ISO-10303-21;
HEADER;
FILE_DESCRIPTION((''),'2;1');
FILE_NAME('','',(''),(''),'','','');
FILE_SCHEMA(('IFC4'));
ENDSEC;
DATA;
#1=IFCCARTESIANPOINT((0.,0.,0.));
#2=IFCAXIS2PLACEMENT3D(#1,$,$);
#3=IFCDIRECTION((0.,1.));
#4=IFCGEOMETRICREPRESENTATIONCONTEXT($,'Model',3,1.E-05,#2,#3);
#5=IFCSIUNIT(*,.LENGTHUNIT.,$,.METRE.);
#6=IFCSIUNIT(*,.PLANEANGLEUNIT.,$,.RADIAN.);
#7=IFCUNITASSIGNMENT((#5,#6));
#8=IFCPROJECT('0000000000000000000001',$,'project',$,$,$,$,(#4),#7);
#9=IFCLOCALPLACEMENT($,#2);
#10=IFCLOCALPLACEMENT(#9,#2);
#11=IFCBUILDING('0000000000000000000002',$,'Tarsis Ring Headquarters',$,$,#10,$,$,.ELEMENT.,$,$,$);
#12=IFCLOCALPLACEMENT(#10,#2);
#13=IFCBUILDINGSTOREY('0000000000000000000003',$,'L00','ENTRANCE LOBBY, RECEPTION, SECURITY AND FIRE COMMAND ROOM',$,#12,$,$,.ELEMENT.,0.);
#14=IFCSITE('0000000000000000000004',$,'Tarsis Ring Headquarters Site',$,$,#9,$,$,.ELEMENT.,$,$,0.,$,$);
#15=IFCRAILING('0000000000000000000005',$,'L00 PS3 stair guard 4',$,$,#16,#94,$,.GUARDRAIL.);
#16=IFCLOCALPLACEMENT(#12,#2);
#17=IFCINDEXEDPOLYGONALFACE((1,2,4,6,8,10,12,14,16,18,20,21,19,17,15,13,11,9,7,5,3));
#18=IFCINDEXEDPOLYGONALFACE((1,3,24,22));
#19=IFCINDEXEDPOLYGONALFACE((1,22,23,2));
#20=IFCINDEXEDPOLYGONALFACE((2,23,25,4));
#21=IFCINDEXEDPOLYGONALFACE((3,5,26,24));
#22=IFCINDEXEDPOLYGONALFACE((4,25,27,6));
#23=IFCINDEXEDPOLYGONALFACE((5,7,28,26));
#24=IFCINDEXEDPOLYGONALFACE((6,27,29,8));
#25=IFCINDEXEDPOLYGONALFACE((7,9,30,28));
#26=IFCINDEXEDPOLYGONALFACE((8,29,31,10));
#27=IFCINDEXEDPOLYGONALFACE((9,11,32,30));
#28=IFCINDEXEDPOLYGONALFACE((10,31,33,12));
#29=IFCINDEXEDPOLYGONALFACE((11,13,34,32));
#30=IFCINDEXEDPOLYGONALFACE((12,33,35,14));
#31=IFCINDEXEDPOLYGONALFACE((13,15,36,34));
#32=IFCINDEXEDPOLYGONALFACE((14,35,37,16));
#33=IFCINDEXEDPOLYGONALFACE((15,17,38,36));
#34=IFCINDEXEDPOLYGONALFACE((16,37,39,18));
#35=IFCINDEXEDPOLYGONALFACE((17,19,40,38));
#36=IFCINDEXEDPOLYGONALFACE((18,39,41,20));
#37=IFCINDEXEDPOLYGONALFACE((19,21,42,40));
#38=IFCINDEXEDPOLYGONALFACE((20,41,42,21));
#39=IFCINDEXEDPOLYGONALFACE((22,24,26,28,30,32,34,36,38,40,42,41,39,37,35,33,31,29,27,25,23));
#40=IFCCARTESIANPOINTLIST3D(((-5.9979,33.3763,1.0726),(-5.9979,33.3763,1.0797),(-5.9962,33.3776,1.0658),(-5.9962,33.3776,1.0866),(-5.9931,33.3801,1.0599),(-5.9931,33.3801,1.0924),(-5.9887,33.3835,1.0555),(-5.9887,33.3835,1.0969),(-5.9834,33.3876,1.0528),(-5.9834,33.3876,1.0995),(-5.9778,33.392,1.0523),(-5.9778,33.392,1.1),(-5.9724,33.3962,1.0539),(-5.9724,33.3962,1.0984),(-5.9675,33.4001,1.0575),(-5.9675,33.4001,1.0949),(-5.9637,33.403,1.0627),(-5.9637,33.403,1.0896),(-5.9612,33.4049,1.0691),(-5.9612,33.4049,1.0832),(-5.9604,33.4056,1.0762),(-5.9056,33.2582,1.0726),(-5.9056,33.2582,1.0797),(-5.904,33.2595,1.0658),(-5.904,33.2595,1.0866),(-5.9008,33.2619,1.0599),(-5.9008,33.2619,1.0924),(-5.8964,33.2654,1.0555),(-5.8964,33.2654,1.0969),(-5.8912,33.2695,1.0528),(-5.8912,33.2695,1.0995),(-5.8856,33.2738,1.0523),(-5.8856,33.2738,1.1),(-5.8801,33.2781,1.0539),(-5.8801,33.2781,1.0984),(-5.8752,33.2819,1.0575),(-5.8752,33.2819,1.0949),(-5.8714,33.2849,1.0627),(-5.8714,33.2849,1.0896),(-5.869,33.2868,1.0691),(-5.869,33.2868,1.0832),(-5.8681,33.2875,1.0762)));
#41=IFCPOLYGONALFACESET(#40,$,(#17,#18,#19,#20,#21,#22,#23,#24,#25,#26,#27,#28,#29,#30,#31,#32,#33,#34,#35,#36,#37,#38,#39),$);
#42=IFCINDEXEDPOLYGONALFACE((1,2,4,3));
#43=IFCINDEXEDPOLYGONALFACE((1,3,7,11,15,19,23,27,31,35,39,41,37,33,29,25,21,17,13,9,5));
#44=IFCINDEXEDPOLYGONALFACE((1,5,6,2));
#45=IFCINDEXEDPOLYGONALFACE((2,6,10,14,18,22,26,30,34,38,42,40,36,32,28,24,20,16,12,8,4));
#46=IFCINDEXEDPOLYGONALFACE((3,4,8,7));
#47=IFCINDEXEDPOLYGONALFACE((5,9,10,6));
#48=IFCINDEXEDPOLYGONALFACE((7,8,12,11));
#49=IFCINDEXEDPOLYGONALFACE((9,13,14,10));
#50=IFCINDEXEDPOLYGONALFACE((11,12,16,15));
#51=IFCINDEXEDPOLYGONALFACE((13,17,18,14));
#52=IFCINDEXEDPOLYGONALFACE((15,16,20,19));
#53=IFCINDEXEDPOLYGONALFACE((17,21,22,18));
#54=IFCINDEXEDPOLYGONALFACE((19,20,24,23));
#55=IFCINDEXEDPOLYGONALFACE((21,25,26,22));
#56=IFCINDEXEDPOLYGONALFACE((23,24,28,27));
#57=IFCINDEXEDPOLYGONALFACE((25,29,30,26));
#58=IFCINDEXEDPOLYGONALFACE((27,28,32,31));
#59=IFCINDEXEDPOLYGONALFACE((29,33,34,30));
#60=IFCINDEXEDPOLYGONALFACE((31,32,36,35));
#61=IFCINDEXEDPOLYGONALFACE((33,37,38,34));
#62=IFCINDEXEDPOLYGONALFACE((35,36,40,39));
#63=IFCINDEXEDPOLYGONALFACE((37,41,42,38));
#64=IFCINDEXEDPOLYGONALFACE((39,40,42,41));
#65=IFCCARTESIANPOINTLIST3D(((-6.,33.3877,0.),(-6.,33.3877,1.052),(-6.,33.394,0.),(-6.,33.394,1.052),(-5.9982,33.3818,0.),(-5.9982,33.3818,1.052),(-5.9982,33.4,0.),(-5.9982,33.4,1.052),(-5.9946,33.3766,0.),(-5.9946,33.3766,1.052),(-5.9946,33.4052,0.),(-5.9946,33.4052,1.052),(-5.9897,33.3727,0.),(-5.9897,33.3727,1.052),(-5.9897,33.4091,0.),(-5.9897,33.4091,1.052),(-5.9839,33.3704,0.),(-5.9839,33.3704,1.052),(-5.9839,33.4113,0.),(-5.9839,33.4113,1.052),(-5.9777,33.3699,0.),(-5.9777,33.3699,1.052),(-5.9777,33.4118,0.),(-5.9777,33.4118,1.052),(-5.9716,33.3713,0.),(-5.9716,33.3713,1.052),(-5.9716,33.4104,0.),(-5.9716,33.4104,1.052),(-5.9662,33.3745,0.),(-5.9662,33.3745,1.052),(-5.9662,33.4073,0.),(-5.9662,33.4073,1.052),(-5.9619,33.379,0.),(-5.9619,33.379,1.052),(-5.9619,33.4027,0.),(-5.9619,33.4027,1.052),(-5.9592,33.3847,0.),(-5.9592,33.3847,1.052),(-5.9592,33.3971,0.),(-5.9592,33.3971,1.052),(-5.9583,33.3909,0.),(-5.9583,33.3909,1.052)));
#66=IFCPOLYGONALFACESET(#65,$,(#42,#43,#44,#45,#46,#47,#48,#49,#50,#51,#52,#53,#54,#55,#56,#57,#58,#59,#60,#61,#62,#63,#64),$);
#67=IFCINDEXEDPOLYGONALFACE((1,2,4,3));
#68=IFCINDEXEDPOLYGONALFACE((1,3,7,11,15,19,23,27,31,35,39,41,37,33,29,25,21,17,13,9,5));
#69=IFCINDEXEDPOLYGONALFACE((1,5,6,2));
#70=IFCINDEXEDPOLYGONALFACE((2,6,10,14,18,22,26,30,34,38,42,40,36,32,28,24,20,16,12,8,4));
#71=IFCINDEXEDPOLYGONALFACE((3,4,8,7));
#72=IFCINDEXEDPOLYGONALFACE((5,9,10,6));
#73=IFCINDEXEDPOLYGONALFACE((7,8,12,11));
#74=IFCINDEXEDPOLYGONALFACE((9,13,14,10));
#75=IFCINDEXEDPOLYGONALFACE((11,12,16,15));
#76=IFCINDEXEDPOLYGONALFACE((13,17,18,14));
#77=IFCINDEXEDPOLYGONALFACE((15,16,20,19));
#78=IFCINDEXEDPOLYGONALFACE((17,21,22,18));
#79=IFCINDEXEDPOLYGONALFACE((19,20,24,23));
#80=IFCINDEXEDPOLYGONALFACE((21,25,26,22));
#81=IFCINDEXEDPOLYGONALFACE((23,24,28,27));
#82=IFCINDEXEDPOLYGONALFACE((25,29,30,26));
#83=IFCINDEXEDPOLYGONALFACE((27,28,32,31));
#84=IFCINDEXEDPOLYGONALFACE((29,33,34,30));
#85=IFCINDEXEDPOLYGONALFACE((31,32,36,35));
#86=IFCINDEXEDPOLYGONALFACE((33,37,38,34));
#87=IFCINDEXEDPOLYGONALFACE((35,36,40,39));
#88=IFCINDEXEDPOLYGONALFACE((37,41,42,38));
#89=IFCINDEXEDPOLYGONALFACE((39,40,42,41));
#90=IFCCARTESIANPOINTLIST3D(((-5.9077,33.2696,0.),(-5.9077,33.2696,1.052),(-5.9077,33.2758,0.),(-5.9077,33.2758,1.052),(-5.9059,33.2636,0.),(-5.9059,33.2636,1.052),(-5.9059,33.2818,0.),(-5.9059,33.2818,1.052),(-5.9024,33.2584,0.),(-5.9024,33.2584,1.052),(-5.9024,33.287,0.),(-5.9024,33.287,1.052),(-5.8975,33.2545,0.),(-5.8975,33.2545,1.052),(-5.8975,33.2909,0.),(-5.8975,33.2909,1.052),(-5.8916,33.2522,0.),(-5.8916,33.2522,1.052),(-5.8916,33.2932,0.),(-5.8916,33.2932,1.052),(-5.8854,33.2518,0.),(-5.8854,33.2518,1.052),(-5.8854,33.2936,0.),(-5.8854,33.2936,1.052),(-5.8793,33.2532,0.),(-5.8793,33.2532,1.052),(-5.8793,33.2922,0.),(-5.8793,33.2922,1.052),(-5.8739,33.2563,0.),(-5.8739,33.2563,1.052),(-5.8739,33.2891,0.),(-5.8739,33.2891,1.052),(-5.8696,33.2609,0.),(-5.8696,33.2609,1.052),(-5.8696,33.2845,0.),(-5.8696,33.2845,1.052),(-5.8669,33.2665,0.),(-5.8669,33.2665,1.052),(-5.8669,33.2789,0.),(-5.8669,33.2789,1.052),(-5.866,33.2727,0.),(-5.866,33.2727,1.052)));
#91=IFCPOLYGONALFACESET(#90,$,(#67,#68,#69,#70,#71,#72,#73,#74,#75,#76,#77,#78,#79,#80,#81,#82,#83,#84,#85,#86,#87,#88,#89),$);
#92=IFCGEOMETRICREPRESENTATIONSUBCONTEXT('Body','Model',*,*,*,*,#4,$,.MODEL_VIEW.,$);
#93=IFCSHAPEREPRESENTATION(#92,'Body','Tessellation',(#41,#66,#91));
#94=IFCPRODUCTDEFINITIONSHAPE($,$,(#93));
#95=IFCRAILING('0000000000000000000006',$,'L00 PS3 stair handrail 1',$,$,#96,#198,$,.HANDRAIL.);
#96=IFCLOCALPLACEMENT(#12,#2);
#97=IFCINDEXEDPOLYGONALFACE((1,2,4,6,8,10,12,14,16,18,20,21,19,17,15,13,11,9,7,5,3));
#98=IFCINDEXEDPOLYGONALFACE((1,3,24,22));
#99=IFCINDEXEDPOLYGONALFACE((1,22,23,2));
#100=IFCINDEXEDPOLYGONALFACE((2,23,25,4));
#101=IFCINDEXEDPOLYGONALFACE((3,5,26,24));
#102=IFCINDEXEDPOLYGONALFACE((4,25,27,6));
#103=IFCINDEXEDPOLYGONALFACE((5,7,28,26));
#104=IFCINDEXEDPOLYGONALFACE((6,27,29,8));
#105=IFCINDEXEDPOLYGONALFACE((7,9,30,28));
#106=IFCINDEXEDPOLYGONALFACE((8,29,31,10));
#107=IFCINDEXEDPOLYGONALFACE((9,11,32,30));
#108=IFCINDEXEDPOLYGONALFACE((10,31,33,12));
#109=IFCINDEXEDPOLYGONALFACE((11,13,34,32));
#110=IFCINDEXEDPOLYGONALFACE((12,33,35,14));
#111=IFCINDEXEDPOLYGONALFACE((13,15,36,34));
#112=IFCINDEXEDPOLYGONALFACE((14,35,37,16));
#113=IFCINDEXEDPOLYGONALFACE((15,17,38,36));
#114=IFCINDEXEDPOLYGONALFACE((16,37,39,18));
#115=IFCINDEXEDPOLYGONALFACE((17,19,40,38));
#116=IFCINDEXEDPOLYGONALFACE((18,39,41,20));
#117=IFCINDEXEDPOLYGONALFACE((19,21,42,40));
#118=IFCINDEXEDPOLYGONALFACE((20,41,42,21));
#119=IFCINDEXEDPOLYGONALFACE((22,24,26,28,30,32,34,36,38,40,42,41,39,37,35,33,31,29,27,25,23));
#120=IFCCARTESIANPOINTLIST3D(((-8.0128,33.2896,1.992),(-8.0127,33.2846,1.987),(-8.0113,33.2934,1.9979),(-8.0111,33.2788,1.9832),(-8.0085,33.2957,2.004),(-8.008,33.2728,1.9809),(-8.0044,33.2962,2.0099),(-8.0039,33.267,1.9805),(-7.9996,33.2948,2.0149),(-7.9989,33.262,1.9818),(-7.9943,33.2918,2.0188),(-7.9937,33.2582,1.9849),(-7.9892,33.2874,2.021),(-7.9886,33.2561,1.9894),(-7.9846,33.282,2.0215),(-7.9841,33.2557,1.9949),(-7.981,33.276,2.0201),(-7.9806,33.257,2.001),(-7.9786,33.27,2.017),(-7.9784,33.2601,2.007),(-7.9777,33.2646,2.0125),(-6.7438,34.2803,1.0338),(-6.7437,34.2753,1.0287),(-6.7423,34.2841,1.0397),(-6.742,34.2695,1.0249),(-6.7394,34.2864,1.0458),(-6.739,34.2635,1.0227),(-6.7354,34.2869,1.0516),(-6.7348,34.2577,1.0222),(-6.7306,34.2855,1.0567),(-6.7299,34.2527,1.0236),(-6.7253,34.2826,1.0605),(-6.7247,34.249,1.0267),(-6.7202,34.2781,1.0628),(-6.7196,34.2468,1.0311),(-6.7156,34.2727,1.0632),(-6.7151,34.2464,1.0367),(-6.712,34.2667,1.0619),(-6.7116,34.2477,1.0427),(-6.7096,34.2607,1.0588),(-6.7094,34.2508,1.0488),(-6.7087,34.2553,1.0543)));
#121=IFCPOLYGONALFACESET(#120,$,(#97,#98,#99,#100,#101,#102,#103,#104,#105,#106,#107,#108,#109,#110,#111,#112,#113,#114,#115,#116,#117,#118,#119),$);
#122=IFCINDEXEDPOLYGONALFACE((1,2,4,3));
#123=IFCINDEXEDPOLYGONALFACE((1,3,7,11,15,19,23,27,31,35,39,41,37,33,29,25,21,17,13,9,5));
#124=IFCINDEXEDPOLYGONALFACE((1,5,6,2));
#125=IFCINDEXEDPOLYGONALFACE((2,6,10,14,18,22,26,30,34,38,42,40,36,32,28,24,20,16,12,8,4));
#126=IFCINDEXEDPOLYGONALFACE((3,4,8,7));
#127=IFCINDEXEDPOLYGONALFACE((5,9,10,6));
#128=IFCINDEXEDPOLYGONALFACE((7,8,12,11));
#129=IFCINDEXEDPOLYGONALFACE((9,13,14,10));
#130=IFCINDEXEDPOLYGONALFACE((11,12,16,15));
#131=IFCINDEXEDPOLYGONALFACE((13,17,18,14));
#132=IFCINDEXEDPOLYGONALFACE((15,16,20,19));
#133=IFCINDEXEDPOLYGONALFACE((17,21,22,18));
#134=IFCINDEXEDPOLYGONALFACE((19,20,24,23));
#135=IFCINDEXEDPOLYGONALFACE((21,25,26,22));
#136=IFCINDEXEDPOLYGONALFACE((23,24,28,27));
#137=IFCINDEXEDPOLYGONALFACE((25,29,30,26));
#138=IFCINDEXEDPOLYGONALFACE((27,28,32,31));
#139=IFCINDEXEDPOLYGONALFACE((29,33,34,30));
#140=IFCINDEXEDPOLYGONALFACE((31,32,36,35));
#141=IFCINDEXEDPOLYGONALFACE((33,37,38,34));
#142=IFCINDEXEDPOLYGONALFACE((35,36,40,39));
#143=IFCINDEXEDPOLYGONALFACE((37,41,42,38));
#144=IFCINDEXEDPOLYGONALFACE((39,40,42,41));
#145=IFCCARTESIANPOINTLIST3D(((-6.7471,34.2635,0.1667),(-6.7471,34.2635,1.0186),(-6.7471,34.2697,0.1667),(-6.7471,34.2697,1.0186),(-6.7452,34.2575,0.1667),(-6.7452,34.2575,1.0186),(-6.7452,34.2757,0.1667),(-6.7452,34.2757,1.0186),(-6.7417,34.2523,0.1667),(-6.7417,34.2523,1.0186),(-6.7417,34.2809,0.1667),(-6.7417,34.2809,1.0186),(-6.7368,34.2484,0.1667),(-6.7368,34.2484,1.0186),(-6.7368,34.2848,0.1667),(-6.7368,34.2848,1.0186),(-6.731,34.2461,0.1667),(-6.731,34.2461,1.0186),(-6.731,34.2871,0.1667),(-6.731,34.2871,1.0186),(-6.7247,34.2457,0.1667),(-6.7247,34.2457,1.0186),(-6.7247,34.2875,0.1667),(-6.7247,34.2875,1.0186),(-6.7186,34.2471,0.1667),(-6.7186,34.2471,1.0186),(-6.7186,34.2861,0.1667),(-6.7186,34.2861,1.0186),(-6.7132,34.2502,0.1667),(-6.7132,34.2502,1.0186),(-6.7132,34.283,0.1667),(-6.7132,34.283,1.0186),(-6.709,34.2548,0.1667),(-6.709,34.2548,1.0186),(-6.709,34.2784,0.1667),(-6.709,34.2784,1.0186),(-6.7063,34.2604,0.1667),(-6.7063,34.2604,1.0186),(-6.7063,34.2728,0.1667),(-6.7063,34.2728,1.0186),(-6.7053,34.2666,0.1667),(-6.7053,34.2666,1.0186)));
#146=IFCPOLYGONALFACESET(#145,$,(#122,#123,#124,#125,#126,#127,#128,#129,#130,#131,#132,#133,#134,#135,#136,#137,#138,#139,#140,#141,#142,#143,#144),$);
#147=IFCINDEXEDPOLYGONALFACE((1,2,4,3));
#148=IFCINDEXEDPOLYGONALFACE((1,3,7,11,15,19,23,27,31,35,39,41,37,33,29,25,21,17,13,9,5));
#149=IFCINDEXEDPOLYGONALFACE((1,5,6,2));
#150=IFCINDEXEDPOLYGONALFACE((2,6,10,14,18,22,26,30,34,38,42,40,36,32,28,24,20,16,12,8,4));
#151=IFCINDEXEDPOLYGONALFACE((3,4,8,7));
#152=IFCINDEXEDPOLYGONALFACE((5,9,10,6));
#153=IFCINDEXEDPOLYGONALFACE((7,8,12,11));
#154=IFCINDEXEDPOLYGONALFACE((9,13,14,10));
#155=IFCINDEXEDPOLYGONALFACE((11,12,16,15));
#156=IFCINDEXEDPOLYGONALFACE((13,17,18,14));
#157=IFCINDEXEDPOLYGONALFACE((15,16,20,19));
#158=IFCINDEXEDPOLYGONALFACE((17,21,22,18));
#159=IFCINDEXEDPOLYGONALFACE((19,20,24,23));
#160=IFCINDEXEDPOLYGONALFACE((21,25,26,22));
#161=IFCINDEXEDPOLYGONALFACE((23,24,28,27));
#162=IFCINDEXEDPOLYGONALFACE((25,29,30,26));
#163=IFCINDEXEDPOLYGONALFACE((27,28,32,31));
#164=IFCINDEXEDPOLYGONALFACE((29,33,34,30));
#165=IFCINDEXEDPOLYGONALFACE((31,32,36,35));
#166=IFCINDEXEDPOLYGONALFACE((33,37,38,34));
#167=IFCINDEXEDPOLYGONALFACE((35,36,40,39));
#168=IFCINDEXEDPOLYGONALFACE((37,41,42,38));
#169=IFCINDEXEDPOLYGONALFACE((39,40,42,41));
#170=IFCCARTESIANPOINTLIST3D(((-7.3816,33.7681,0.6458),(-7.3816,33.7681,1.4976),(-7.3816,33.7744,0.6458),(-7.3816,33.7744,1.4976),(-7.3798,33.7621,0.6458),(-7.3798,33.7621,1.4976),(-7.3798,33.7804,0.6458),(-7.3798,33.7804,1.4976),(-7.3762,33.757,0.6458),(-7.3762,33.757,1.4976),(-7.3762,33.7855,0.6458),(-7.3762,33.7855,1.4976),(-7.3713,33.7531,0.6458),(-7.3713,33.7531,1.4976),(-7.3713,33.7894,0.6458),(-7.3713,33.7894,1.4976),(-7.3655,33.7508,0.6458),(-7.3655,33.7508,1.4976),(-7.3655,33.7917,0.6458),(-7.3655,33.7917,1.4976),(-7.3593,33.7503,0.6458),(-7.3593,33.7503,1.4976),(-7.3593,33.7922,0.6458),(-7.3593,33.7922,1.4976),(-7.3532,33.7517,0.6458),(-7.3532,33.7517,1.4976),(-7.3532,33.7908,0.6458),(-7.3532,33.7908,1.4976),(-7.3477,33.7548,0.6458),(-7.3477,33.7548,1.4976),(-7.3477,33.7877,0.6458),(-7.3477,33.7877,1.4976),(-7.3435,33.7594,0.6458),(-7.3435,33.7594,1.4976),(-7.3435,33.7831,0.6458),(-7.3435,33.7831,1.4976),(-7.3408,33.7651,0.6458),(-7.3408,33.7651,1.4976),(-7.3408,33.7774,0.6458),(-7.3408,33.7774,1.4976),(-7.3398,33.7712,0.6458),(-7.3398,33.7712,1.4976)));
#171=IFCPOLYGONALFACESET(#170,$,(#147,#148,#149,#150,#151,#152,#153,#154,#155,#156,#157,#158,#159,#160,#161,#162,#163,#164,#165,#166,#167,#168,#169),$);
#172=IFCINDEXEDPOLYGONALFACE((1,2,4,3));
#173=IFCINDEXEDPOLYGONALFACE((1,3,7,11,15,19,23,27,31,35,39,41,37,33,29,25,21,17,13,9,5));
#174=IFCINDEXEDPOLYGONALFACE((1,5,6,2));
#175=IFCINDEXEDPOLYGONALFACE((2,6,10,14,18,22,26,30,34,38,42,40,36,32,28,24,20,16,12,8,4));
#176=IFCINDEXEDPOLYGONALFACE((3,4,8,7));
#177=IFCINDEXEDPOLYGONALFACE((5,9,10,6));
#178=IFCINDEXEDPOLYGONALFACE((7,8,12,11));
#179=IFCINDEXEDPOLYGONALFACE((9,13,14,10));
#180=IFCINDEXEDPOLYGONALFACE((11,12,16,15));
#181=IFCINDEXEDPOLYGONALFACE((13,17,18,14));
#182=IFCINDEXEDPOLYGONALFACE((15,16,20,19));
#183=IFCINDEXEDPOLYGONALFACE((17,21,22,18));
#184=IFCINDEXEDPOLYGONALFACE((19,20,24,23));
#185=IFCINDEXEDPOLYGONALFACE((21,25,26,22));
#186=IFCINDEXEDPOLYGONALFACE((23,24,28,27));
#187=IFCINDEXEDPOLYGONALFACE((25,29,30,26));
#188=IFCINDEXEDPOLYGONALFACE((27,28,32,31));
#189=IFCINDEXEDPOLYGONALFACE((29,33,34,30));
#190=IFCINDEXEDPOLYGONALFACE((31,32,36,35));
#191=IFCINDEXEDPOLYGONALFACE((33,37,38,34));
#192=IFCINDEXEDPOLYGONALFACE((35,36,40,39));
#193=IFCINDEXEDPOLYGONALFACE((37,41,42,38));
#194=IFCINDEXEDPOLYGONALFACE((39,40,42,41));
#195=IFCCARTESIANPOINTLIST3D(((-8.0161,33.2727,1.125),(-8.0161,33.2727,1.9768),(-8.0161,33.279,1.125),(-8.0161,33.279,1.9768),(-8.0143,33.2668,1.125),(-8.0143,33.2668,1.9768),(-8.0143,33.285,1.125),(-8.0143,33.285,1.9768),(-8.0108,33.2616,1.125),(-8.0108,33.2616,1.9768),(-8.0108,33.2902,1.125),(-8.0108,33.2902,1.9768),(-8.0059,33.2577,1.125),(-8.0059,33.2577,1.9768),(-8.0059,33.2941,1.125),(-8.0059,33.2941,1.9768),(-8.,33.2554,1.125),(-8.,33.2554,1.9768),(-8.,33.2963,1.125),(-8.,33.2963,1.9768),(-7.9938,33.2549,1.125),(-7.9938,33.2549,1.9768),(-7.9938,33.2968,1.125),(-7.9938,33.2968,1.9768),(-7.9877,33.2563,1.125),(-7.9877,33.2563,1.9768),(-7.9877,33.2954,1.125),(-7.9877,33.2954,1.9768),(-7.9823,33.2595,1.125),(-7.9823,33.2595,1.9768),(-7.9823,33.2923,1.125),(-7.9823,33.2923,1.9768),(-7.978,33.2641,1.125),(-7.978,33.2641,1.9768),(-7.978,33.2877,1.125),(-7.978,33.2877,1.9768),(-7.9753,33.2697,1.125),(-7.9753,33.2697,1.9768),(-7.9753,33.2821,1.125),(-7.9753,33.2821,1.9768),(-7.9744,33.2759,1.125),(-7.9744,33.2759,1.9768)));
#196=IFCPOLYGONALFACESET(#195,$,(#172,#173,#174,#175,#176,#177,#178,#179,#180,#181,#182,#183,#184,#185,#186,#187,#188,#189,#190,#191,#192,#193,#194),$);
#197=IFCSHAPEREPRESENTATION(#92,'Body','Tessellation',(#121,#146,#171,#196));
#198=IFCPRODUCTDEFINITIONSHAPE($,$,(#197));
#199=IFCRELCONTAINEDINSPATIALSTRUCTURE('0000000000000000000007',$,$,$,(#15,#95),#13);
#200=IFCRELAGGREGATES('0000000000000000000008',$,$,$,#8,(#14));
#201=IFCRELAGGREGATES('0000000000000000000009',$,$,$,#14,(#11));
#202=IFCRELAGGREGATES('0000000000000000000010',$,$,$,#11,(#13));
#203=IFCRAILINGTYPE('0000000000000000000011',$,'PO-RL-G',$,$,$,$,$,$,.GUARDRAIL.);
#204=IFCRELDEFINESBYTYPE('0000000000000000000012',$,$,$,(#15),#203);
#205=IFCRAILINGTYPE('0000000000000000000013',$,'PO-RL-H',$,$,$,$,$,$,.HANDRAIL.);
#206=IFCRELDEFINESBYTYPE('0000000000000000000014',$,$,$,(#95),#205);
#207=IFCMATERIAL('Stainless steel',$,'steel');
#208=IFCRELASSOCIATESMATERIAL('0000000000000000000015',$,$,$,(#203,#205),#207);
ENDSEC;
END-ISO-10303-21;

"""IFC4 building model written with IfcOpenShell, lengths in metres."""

from ifc_helpers import new_model, si_unit, direction, frame, origin, origin_2d, place, context, subcontext, project, spatial, circle, extrude, material, type_object, element, save


model = new_model("IFC4")

# Units and contexts
model_context = context("Model", 3, precision=1e-05, world=origin(), true_north=direction((0.0, 1.0)))
body_context = subcontext(model_context, "Body", "Model", "MODEL_VIEW")
ifc_project = project(units=[si_unit("LENGTHUNIT", "METRE"), si_unit("PLANEANGLEUNIT", "RADIAN")], contexts=[model_context])

# Site, building, storey
site_placement = place(None, origin())
site = spatial("IfcSite", under=ifc_project, at=site_placement, Name="Tarsis Ring Headquarters Site", CompositionType="ELEMENT", RefElevation=0.0)
building_placement = place(site_placement, origin())
building = spatial("IfcBuilding", under=site, at=building_placement, Name="Tarsis Ring Headquarters", CompositionType="ELEMENT")
storey_placement = place(building_placement, origin())
storey = spatial("IfcBuildingStorey", under=building, at=storey_placement, Name="L00", Description="ENTRANCE LOBBY, RECEPTION, SECURITY AND FIRE COMMAND ROOM", CompositionType="ELEMENT", Elevation=0.0)

# Railings
ifc_material_1 = material(Name="Stainless steel", Category="steel")
railing_type_1 = type_object("IfcRailingType", Name="PO-RL-G", PredefinedType="GUARDRAIL", material=ifc_material_1)
railing_1_placement = place(storey_placement, frame((-5.9792, 33.3909, 0.0)))
element("IfcRailing", 1, at=railing_1_placement, inside=storey, type_object=railing_type_1, Name="L00 PS3 stair guard 4", PredefinedType="GUARDRAIL", context=body_context, shape_type="SweptSolid", body=[
    extrude(circle(Radius=0.0239, at=origin_2d()), frame((0.0, 0.0, 1.0762), z_axis=(0.615518, -0.788123, 0.0), x_axis=(0.788123, 0.615518, 0.0)), (0.0, 0.0, 1.0), 0.1499),
    extrude(circle(Radius=0.021, at=origin_2d()), origin(), (0.0, 0.0, 1.0), 1.052),
    extrude(circle(Radius=0.021, at=origin_2d()), frame((0.0923, -0.1182, 0.0)), (0.0, 0.0, 1.0), 1.052),
])
railing_type_2 = type_object("IfcRailingType", Name="PO-RL-H", PredefinedType="HANDRAIL", material=ifc_material_1)
railing_2_placement = place(storey_placement, frame((-6.7263, 34.2666, 0.1667)))
element("IfcRailing", 2, at=railing_2_placement, inside=storey, type_object=railing_type_2, Name="L00 PS3 stair handrail 1", PredefinedType="HANDRAIL", context=body_context, shape_type="SweptSolid", body=[
    extrude(circle(Radius=0.0239, at=origin_2d()), frame((0.0, 0.0, 0.876), z_axis=(-0.677341, -0.52879, 0.511459), x_axis=(0.615367, -0.78824, 0.0)), (0.0, 0.0, 1.0), 1.8735),
    extrude(circle(Radius=0.021, at=origin_2d()), origin(), (0.0, 0.0, 1.0), 0.8518),
    extrude(circle(Radius=0.021, at=origin_2d()), frame((-0.6345, -0.4954, 0.479)), (0.0, 0.0, 1.0), 0.8518),
    extrude(circle(Radius=0.021, at=origin_2d()), frame((-1.269, -0.9907, 0.9583)), (0.0, 0.0, 1.0), 0.8518),
])

save(model, "model.ifc")
